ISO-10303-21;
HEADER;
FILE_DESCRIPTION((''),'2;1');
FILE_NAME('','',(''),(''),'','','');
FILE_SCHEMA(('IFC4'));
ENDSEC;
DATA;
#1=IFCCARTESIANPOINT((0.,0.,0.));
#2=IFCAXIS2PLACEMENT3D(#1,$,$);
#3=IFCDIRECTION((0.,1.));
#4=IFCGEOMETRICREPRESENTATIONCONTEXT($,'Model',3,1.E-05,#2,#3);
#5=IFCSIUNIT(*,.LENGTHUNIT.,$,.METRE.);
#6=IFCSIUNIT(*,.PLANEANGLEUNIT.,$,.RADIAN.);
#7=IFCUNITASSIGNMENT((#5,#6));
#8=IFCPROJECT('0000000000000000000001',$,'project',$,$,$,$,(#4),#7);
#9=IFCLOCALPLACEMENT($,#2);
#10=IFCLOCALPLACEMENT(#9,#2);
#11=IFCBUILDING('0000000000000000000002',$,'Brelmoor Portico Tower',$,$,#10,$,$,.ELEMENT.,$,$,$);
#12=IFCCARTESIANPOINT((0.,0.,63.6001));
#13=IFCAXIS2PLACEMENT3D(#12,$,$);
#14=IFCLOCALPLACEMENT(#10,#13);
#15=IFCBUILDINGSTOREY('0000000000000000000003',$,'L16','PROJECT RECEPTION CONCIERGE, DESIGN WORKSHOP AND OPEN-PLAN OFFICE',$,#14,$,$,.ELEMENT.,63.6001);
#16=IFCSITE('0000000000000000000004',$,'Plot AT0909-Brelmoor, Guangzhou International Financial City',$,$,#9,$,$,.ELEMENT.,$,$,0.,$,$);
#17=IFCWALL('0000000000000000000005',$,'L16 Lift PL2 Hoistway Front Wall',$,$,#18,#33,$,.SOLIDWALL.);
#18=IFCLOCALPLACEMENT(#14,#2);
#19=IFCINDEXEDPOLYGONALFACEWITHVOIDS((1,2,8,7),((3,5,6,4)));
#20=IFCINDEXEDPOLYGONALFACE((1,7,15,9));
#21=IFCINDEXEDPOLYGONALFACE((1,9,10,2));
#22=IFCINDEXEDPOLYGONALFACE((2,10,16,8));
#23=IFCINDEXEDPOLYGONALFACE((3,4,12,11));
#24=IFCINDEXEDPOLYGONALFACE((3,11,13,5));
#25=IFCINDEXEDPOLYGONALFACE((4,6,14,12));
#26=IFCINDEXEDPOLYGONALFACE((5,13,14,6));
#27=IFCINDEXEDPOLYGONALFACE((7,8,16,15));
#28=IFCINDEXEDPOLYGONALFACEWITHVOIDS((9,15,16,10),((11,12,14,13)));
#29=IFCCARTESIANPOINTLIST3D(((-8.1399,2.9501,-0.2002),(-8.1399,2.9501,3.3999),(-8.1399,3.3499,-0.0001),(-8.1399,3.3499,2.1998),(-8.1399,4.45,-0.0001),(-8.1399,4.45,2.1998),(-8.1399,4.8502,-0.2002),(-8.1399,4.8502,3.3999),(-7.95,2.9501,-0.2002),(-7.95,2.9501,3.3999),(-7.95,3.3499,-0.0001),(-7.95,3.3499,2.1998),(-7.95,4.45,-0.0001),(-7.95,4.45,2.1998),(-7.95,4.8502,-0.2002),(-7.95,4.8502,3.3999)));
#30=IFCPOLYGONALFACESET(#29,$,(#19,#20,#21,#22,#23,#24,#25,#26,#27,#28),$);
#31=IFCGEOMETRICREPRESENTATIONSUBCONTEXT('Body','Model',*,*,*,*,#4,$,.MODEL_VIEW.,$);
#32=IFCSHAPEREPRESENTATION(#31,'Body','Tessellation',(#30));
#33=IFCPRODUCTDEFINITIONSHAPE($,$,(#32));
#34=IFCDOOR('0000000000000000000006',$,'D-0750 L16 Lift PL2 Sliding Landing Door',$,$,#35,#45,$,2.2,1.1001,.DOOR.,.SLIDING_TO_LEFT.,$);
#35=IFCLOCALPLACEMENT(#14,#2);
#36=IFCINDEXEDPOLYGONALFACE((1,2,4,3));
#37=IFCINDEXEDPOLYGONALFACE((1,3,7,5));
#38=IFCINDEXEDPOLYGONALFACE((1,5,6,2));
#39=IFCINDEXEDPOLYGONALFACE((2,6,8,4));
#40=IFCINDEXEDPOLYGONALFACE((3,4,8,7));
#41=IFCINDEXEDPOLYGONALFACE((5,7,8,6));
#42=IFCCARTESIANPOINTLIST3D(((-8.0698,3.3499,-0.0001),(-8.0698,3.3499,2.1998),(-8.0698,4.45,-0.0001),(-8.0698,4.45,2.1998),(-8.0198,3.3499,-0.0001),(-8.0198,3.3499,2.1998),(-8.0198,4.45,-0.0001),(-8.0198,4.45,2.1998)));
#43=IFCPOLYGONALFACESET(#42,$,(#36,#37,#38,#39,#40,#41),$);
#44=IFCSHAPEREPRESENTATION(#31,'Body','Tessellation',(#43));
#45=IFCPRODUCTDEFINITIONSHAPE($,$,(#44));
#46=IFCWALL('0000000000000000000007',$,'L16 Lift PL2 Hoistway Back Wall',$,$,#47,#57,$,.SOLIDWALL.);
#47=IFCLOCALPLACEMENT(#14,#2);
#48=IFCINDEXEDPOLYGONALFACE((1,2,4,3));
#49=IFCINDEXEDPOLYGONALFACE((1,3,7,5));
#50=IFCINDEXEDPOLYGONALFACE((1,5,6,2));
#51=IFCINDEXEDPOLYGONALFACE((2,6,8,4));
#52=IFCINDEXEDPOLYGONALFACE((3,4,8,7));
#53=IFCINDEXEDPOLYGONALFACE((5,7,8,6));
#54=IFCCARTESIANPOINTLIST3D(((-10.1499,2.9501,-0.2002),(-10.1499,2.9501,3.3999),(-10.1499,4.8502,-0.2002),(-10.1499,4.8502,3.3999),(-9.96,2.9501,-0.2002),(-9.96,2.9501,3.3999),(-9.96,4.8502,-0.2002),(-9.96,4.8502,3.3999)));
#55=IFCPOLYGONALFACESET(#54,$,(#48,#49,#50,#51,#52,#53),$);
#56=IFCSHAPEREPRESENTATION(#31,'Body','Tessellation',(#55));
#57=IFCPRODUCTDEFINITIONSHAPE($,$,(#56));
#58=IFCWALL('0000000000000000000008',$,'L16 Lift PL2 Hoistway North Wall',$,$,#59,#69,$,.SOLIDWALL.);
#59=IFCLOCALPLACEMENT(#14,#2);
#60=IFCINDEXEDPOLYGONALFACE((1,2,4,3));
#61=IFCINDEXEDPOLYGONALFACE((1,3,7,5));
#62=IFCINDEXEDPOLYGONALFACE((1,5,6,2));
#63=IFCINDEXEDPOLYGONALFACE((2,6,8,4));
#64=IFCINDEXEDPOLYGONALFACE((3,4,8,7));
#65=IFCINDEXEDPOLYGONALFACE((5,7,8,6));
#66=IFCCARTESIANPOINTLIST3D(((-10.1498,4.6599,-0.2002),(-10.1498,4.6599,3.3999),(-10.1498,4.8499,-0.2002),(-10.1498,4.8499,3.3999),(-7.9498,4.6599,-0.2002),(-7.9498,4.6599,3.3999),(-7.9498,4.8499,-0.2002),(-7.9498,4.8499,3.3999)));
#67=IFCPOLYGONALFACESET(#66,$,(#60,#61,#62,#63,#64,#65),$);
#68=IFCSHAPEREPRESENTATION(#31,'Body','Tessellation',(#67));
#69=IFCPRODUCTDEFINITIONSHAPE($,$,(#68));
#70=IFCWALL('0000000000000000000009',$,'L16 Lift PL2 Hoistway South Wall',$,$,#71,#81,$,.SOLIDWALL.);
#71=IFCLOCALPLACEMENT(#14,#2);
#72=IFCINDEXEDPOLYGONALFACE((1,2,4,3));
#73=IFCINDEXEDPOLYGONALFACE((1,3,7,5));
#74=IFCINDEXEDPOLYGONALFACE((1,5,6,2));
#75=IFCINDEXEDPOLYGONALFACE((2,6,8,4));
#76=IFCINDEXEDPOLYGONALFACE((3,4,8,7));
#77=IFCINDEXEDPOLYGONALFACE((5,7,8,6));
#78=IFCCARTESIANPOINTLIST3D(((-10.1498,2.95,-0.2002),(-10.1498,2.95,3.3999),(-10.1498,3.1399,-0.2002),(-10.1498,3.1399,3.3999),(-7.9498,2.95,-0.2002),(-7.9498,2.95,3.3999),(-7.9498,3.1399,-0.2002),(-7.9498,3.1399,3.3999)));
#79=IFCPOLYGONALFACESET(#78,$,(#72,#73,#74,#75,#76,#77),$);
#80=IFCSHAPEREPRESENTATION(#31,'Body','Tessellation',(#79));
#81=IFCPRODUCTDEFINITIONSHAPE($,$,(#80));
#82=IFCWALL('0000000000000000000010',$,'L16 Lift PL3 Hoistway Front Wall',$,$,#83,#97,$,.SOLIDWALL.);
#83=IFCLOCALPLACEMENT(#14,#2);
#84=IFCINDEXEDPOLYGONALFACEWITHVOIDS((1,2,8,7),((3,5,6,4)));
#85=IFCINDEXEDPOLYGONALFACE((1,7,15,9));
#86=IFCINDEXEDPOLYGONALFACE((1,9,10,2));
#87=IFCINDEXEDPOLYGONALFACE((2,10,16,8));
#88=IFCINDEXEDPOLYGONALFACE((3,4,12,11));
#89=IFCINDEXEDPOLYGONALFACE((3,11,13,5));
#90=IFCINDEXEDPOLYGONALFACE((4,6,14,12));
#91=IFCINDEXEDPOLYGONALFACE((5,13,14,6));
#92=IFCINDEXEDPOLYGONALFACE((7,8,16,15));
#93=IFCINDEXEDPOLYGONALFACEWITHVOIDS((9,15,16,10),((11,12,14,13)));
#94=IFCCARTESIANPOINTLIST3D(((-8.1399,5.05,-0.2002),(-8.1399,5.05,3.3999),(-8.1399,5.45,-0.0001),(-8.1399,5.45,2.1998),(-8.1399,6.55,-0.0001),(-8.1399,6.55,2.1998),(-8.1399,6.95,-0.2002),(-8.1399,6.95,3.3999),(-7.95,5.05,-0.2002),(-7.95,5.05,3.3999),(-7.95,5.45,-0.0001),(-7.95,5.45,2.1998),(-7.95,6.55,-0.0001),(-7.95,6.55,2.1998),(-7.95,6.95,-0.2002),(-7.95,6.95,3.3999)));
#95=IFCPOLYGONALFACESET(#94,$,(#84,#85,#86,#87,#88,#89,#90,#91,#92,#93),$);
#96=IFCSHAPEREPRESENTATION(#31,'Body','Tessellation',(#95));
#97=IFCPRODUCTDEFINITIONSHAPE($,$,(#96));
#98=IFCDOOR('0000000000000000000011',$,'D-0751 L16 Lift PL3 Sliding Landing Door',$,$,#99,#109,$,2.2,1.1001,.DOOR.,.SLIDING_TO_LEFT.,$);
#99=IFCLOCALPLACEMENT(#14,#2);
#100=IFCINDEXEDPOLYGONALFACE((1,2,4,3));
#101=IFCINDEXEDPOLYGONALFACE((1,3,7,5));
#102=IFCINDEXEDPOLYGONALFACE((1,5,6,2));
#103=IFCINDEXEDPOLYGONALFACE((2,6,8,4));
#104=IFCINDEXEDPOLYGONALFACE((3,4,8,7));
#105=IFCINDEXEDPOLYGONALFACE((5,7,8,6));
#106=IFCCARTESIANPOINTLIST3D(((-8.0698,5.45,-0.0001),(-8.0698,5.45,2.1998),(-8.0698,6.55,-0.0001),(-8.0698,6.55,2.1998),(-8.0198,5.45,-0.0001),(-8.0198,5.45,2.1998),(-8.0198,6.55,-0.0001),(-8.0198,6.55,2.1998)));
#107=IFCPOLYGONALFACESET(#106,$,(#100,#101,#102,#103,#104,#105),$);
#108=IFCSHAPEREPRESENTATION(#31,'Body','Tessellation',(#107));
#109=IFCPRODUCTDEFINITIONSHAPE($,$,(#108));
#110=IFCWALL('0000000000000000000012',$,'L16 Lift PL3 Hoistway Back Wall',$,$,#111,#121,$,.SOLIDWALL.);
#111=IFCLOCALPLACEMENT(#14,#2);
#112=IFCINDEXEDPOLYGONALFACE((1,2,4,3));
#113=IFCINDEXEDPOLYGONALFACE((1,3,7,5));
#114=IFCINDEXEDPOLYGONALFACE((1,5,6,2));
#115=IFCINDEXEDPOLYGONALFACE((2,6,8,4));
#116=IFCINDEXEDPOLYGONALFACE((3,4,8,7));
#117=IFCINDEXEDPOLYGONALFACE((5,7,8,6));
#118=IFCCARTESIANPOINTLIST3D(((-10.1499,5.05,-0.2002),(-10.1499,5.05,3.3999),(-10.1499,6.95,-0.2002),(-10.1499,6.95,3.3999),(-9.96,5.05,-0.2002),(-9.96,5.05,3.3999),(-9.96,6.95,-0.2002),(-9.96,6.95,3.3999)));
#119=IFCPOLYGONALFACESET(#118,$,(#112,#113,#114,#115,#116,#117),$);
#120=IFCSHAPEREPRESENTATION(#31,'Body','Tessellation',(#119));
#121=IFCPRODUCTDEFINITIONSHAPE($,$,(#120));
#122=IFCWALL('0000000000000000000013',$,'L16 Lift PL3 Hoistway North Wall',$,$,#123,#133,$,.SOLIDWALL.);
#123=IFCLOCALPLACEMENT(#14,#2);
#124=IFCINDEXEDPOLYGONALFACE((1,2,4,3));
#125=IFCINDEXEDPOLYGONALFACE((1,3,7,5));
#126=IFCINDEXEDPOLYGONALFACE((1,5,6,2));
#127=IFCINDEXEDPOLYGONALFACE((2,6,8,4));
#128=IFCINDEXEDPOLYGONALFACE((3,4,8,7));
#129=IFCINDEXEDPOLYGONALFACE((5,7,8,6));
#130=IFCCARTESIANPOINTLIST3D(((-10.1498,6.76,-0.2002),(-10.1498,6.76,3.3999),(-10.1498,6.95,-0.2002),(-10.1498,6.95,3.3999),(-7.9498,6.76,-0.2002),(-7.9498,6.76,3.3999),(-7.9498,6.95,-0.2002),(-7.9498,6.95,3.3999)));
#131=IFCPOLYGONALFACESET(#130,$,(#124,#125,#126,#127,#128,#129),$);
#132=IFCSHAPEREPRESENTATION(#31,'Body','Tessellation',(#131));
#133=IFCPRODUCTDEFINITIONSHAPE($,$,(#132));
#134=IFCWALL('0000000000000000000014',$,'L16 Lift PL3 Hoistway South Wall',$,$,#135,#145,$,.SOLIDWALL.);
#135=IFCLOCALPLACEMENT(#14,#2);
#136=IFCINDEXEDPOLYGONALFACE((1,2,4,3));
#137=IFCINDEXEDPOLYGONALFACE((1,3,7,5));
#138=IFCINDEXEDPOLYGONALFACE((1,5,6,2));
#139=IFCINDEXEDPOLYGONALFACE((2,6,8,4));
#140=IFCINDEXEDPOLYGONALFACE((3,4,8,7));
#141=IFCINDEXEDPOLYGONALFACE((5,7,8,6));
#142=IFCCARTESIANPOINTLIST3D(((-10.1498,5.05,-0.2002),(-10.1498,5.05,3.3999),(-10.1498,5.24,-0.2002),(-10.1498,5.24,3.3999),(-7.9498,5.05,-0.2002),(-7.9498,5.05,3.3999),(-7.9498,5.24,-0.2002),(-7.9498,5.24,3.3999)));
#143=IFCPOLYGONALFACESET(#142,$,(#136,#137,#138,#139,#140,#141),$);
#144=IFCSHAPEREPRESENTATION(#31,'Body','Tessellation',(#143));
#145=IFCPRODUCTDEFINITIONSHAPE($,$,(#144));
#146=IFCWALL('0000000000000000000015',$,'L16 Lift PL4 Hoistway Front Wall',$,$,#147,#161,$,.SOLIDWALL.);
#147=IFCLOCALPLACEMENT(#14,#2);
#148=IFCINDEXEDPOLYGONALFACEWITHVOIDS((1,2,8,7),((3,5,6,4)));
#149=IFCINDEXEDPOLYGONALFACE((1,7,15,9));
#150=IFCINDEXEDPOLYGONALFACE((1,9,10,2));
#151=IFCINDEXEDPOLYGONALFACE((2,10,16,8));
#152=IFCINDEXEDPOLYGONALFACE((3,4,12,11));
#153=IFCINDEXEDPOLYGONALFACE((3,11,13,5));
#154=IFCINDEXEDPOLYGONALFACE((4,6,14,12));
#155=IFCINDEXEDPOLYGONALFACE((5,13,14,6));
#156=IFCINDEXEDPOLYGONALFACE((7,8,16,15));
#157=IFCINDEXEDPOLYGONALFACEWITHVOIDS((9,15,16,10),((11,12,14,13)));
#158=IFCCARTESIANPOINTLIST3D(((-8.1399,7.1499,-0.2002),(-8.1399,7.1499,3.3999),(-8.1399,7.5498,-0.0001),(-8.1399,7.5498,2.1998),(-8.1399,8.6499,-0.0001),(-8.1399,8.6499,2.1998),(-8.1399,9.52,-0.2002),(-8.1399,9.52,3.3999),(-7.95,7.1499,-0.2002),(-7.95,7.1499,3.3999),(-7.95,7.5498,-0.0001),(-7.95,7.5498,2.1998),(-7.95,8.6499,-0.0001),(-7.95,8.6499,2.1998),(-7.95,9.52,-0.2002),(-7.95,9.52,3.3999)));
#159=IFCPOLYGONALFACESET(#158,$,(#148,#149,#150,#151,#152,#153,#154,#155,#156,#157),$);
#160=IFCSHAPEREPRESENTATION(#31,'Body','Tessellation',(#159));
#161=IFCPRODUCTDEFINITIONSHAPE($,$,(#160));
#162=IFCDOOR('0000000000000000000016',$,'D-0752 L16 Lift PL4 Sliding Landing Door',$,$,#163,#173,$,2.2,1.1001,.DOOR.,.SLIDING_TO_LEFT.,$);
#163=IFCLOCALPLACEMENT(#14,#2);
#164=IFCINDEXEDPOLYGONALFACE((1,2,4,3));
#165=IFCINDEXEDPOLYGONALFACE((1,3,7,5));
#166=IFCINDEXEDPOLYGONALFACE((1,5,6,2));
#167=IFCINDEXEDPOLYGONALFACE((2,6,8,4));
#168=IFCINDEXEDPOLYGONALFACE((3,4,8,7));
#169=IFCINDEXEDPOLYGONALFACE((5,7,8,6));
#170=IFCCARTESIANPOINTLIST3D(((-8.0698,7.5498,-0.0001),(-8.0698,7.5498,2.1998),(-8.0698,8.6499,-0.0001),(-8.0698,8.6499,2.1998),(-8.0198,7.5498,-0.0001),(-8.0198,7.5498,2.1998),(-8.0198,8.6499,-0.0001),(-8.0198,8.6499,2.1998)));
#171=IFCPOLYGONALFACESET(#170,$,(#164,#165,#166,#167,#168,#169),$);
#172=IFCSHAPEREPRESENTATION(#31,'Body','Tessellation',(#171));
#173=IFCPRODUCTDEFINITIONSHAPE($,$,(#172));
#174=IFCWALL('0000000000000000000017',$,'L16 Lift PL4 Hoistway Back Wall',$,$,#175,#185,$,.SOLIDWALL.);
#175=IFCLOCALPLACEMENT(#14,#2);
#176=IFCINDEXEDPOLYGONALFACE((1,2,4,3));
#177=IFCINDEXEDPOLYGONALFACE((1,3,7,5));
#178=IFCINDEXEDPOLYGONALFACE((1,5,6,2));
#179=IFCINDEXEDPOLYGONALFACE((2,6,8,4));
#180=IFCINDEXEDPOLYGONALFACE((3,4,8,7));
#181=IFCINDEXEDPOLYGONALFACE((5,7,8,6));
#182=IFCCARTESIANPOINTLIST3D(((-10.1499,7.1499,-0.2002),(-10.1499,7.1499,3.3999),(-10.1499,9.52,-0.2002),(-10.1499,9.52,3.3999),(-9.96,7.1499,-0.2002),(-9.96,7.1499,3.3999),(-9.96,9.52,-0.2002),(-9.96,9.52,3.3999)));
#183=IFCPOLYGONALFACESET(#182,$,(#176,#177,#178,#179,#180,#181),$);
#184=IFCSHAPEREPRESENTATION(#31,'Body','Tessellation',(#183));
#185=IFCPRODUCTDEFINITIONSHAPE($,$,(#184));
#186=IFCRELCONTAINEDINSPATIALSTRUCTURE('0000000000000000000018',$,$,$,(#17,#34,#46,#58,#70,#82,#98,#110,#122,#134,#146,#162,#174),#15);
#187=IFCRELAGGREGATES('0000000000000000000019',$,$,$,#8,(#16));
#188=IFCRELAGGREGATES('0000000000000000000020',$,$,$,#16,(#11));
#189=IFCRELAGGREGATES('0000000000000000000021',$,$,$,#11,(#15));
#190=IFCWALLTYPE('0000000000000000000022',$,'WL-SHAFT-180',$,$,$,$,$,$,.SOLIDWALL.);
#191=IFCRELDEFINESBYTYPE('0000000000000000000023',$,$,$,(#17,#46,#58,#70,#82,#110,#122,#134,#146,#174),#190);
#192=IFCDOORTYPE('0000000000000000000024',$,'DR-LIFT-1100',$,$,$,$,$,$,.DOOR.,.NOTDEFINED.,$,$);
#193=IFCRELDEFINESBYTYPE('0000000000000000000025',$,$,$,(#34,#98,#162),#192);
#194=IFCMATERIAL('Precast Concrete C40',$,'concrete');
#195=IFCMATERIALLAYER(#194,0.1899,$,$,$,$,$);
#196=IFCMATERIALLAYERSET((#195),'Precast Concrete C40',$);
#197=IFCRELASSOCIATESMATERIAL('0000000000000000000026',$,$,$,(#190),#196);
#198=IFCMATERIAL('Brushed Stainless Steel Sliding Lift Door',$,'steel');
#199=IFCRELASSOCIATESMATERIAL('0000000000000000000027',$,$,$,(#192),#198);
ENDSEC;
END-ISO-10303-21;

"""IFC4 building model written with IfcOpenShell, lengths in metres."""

from ifc_helpers import new_model, si_unit, direction, frame, frame_2d, origin, place, context, subcontext, project, spatial, rectangle, extrude, material, layer, layer_set, type_object, element, fill, save


model = new_model("IFC4")

# Units and contexts
model_context = context("Model", 3, precision=1e-05, world=origin(), true_north=direction((0.0, 1.0)))
body_context = subcontext(model_context, "Body", "Model", "MODEL_VIEW")
ifc_project = project(units=[si_unit("LENGTHUNIT", "METRE"), si_unit("PLANEANGLEUNIT", "RADIAN")], contexts=[model_context])

# Site, building, storey
site_placement = place(None, origin())
site = spatial("IfcSite", under=ifc_project, at=site_placement, Name="Plot AT0909-Brelmoor, Guangzhou International Financial City", CompositionType="ELEMENT", RefElevation=0.0)
building_placement = place(site_placement, origin())
building = spatial("IfcBuilding", under=site, at=building_placement, Name="Brelmoor Portico Tower", CompositionType="ELEMENT")
storey_placement = place(building_placement, frame((0.0, 0.0, 63.6001)))
storey = spatial("IfcBuildingStorey", under=building, at=storey_placement, Name="L16", Description="PROJECT RECEPTION CONCIERGE, DESIGN WORKSHOP AND OPEN-PLAN OFFICE", CompositionType="ELEMENT", Elevation=63.6001)

# Shared definitions
ifc_material_1 = material(Name="Precast Concrete C40", Category="concrete")
ifc_layer_1 = layer(ifc_material_1, 0.1899)
ifc_layer_set_1 = layer_set([ifc_layer_1], Name="Precast Concrete C40")
wall_type_1 = type_object("IfcWallType", Name="WL-SHAFT-180", PredefinedType="SOLIDWALL", material=ifc_layer_set_1)
ifc_material_2 = material(Name="Brushed Stainless Steel Sliding Lift Door", Category="steel")
door_type_1 = type_object("IfcDoorType", Name="DR-LIFT-1100", OperationType="NOTDEFINED", PredefinedType="DOOR", material=ifc_material_2)

# Wall, opening, door
wall_1_placement = place(storey_placement, frame((-8.0449, 2.95, -0.2002), z_axis=(0.0, 0.0, 1.0), x_axis=(0.0, 1.0, 0.0)))
wall_1 = element("IfcWall", 1, at=wall_1_placement, inside=storey, type_object=wall_type_1, Name="L16 Lift PL2 Hoistway Front Wall", PredefinedType="SOLIDWALL", context=body_context, shape_type="SweptSolid", body=[
    extrude(rectangle(XDim=1.9001, YDim=0.1899, at=frame_2d((0.9502, 0.0))), origin(), (0.0, 0.0, 1.0), 3.6001),
])
opening_1_placement = place(wall_1_placement, frame((0.3999, 0.0, 0.2)))
opening_1 = element("IfcOpeningElement", 2, at=opening_1_placement, cuts=wall_1, PredefinedType="OPENING", context=body_context, shape_type="SweptSolid", body=[
    extrude(rectangle(XDim=1.1001, YDim=2.2, at=frame_2d((0.55, 1.1001))), frame((0.0, 0.105, 0.0), z_axis=(0.0, -1.0, 0.0), x_axis=(1.0, 0.0, 0.0)), (0.0, 0.0, 1.0), 0.21),
])
door_1_placement = place(opening_1_placement, origin())
door_1 = element("IfcDoor", 3, at=door_1_placement, inside=storey, type_object=door_type_1, Name="D-0750 L16 Lift PL2 Sliding Landing Door", OperationType="SLIDING_TO_LEFT", OverallHeight=2.2, OverallWidth=1.1001, PredefinedType="DOOR", context=body_context, shape_type="SweptSolid", body=[
    extrude(rectangle(XDim=1.1001, YDim=2.2, at=frame_2d((0.55, 1.1001))), frame((0.0, 0.0249, 0.0), z_axis=(0.0, -1.0, 0.0), x_axis=(1.0, 0.0, 0.0)), (0.0, 0.0, 1.0), 0.05),
])
fill(opening_1, door_1)

# Walls
wall_2_placement = place(storey_placement, frame((-10.0549, 2.95, -0.2002), z_axis=(0.0, 0.0, 1.0), x_axis=(0.0, 1.0, 0.0)))
element("IfcWall", 4, at=wall_2_placement, inside=storey, type_object=wall_type_1, Name="L16 Lift PL2 Hoistway Back Wall", PredefinedType="SOLIDWALL", context=body_context, shape_type="SweptSolid", body=[
    extrude(rectangle(XDim=1.9001, YDim=0.1899, at=frame_2d((0.9502, 0.0))), origin(), (0.0, 0.0, 1.0), 3.6001),
])
for number, where, z_axis, x_axis, name in (
    (5, (-10.1499, 4.7549, -0.2002), (0.0, 0.0, 1.0), (1.0, 0.0, 0.0), "L16 Lift PL2 Hoistway North Wall"),
    (6, (-10.1499, 3.0449, -0.2002), (0.0, 0.0, 1.0), (1.0, 0.0, 0.0), "L16 Lift PL2 Hoistway South Wall"),
):
    element("IfcWall", number, at=place(storey_placement, frame(where, z_axis=z_axis, x_axis=x_axis)), inside=storey, type_object=wall_type_1, Name=name, PredefinedType="SOLIDWALL", context=body_context, shape_type="SweptSolid", body=[
        extrude(rectangle(XDim=2.2, YDim=0.1899, at=frame_2d((1.1001, 0.0))), origin(), (0.0, 0.0, 1.0), 3.6001),
    ])

# Wall, opening, door
wall_3_placement = place(storey_placement, frame((-8.0449, 5.05, -0.2002), z_axis=(0.0, 0.0, 1.0), x_axis=(0.0, 1.0, 0.0)))
wall_3 = element("IfcWall", 7, at=wall_3_placement, inside=storey, type_object=wall_type_1, Name="L16 Lift PL3 Hoistway Front Wall", PredefinedType="SOLIDWALL", context=body_context, shape_type="SweptSolid", body=[
    extrude(rectangle(XDim=1.8999, YDim=0.1899, at=frame_2d((0.95, 0.0))), origin(), (0.0, 0.0, 1.0), 3.6001),
])
opening_2_placement = place(wall_3_placement, frame((0.3999, 0.0, 0.2)))
opening_2 = element("IfcOpeningElement", 8, at=opening_2_placement, cuts=wall_3, PredefinedType="OPENING", context=body_context, shape_type="SweptSolid", body=[
    extrude(rectangle(XDim=1.1001, YDim=2.2, at=frame_2d((0.55, 1.1001))), frame((0.0, 0.105, 0.0), z_axis=(0.0, -1.0, 0.0), x_axis=(1.0, 0.0, 0.0)), (0.0, 0.0, 1.0), 0.21),
])
door_2_placement = place(opening_2_placement, origin())
door_2 = element("IfcDoor", 9, at=door_2_placement, inside=storey, type_object=door_type_1, Name="D-0751 L16 Lift PL3 Sliding Landing Door", OperationType="SLIDING_TO_LEFT", OverallHeight=2.2, OverallWidth=1.1001, PredefinedType="DOOR", context=body_context, shape_type="SweptSolid", body=[
    extrude(rectangle(XDim=1.1001, YDim=2.2, at=frame_2d((0.55, 1.1001))), frame((0.0, 0.0249, 0.0), z_axis=(0.0, -1.0, 0.0), x_axis=(1.0, 0.0, 0.0)), (0.0, 0.0, 1.0), 0.05),
])
fill(opening_2, door_2)

# Walls
wall_4_placement = place(storey_placement, frame((-10.0549, 5.05, -0.2002), z_axis=(0.0, 0.0, 1.0), x_axis=(0.0, 1.0, 0.0)))
element("IfcWall", 10, at=wall_4_placement, inside=storey, type_object=wall_type_1, Name="L16 Lift PL3 Hoistway Back Wall", PredefinedType="SOLIDWALL", context=body_context, shape_type="SweptSolid", body=[
    extrude(rectangle(XDim=1.8999, YDim=0.1899, at=frame_2d((0.95, 0.0))), origin(), (0.0, 0.0, 1.0), 3.6001),
])
for number, where, z_axis, x_axis, name in (
    (11, (-10.1499, 6.855, -0.2002), (0.0, 0.0, 1.0), (1.0, 0.0, 0.0), "L16 Lift PL3 Hoistway North Wall"),
    (12, (-10.1499, 5.145, -0.2002), (0.0, 0.0, 1.0), (1.0, 0.0, 0.0), "L16 Lift PL3 Hoistway South Wall"),
):
    element("IfcWall", number, at=place(storey_placement, frame(where, z_axis=z_axis, x_axis=x_axis)), inside=storey, type_object=wall_type_1, Name=name, PredefinedType="SOLIDWALL", context=body_context, shape_type="SweptSolid", body=[
        extrude(rectangle(XDim=2.2, YDim=0.1899, at=frame_2d((1.1001, 0.0))), origin(), (0.0, 0.0, 1.0), 3.6001),
    ])

# Wall, opening, door
wall_5_placement = place(storey_placement, frame((-8.0449, 7.1499, -0.2002), z_axis=(0.0, 0.0, 1.0), x_axis=(0.0, 1.0, 0.0)))
wall_5 = element("IfcWall", 13, at=wall_5_placement, inside=storey, type_object=wall_type_1, Name="L16 Lift PL4 Hoistway Front Wall", PredefinedType="SOLIDWALL", context=body_context, shape_type="SweptSolid", body=[
    extrude(rectangle(XDim=2.3701, YDim=0.1899, at=frame_2d((1.1851, 0.0))), origin(), (0.0, 0.0, 1.0), 3.6001),
])
opening_3_placement = place(wall_5_placement, frame((0.3999, 0.0, 0.2)))
opening_3 = element("IfcOpeningElement", 14, at=opening_3_placement, cuts=wall_5, PredefinedType="OPENING", context=body_context, shape_type="SweptSolid", body=[
    extrude(rectangle(XDim=1.1001, YDim=2.2, at=frame_2d((0.55, 1.1001))), frame((0.0, 0.105, 0.0), z_axis=(0.0, -1.0, 0.0), x_axis=(1.0, 0.0, 0.0)), (0.0, 0.0, 1.0), 0.21),
])
door_3_placement = place(opening_3_placement, origin())
door_3 = element("IfcDoor", 15, at=door_3_placement, inside=storey, type_object=door_type_1, Name="D-0752 L16 Lift PL4 Sliding Landing Door", OperationType="SLIDING_TO_LEFT", OverallHeight=2.2, OverallWidth=1.1001, PredefinedType="DOOR", context=body_context, shape_type="SweptSolid", body=[
    extrude(rectangle(XDim=1.1001, YDim=2.2, at=frame_2d((0.55, 1.1001))), frame((0.0, 0.0249, 0.0), z_axis=(0.0, -1.0, 0.0), x_axis=(1.0, 0.0, 0.0)), (0.0, 0.0, 1.0), 0.05),
])
fill(opening_3, door_3)

# Wall
wall_6_placement = place(storey_placement, frame((-10.0549, 7.1499, -0.2002), z_axis=(0.0, 0.0, 1.0), x_axis=(0.0, 1.0, 0.0)))
element("IfcWall", 16, at=wall_6_placement, inside=storey, type_object=wall_type_1, Name="L16 Lift PL4 Hoistway Back Wall", PredefinedType="SOLIDWALL", context=body_context, shape_type="SweptSolid", body=[
    extrude(rectangle(XDim=2.3701, YDim=0.1899, at=frame_2d((1.1851, 0.0))), origin(), (0.0, 0.0, 1.0), 3.6001),
])

save(model, "model.ifc")
